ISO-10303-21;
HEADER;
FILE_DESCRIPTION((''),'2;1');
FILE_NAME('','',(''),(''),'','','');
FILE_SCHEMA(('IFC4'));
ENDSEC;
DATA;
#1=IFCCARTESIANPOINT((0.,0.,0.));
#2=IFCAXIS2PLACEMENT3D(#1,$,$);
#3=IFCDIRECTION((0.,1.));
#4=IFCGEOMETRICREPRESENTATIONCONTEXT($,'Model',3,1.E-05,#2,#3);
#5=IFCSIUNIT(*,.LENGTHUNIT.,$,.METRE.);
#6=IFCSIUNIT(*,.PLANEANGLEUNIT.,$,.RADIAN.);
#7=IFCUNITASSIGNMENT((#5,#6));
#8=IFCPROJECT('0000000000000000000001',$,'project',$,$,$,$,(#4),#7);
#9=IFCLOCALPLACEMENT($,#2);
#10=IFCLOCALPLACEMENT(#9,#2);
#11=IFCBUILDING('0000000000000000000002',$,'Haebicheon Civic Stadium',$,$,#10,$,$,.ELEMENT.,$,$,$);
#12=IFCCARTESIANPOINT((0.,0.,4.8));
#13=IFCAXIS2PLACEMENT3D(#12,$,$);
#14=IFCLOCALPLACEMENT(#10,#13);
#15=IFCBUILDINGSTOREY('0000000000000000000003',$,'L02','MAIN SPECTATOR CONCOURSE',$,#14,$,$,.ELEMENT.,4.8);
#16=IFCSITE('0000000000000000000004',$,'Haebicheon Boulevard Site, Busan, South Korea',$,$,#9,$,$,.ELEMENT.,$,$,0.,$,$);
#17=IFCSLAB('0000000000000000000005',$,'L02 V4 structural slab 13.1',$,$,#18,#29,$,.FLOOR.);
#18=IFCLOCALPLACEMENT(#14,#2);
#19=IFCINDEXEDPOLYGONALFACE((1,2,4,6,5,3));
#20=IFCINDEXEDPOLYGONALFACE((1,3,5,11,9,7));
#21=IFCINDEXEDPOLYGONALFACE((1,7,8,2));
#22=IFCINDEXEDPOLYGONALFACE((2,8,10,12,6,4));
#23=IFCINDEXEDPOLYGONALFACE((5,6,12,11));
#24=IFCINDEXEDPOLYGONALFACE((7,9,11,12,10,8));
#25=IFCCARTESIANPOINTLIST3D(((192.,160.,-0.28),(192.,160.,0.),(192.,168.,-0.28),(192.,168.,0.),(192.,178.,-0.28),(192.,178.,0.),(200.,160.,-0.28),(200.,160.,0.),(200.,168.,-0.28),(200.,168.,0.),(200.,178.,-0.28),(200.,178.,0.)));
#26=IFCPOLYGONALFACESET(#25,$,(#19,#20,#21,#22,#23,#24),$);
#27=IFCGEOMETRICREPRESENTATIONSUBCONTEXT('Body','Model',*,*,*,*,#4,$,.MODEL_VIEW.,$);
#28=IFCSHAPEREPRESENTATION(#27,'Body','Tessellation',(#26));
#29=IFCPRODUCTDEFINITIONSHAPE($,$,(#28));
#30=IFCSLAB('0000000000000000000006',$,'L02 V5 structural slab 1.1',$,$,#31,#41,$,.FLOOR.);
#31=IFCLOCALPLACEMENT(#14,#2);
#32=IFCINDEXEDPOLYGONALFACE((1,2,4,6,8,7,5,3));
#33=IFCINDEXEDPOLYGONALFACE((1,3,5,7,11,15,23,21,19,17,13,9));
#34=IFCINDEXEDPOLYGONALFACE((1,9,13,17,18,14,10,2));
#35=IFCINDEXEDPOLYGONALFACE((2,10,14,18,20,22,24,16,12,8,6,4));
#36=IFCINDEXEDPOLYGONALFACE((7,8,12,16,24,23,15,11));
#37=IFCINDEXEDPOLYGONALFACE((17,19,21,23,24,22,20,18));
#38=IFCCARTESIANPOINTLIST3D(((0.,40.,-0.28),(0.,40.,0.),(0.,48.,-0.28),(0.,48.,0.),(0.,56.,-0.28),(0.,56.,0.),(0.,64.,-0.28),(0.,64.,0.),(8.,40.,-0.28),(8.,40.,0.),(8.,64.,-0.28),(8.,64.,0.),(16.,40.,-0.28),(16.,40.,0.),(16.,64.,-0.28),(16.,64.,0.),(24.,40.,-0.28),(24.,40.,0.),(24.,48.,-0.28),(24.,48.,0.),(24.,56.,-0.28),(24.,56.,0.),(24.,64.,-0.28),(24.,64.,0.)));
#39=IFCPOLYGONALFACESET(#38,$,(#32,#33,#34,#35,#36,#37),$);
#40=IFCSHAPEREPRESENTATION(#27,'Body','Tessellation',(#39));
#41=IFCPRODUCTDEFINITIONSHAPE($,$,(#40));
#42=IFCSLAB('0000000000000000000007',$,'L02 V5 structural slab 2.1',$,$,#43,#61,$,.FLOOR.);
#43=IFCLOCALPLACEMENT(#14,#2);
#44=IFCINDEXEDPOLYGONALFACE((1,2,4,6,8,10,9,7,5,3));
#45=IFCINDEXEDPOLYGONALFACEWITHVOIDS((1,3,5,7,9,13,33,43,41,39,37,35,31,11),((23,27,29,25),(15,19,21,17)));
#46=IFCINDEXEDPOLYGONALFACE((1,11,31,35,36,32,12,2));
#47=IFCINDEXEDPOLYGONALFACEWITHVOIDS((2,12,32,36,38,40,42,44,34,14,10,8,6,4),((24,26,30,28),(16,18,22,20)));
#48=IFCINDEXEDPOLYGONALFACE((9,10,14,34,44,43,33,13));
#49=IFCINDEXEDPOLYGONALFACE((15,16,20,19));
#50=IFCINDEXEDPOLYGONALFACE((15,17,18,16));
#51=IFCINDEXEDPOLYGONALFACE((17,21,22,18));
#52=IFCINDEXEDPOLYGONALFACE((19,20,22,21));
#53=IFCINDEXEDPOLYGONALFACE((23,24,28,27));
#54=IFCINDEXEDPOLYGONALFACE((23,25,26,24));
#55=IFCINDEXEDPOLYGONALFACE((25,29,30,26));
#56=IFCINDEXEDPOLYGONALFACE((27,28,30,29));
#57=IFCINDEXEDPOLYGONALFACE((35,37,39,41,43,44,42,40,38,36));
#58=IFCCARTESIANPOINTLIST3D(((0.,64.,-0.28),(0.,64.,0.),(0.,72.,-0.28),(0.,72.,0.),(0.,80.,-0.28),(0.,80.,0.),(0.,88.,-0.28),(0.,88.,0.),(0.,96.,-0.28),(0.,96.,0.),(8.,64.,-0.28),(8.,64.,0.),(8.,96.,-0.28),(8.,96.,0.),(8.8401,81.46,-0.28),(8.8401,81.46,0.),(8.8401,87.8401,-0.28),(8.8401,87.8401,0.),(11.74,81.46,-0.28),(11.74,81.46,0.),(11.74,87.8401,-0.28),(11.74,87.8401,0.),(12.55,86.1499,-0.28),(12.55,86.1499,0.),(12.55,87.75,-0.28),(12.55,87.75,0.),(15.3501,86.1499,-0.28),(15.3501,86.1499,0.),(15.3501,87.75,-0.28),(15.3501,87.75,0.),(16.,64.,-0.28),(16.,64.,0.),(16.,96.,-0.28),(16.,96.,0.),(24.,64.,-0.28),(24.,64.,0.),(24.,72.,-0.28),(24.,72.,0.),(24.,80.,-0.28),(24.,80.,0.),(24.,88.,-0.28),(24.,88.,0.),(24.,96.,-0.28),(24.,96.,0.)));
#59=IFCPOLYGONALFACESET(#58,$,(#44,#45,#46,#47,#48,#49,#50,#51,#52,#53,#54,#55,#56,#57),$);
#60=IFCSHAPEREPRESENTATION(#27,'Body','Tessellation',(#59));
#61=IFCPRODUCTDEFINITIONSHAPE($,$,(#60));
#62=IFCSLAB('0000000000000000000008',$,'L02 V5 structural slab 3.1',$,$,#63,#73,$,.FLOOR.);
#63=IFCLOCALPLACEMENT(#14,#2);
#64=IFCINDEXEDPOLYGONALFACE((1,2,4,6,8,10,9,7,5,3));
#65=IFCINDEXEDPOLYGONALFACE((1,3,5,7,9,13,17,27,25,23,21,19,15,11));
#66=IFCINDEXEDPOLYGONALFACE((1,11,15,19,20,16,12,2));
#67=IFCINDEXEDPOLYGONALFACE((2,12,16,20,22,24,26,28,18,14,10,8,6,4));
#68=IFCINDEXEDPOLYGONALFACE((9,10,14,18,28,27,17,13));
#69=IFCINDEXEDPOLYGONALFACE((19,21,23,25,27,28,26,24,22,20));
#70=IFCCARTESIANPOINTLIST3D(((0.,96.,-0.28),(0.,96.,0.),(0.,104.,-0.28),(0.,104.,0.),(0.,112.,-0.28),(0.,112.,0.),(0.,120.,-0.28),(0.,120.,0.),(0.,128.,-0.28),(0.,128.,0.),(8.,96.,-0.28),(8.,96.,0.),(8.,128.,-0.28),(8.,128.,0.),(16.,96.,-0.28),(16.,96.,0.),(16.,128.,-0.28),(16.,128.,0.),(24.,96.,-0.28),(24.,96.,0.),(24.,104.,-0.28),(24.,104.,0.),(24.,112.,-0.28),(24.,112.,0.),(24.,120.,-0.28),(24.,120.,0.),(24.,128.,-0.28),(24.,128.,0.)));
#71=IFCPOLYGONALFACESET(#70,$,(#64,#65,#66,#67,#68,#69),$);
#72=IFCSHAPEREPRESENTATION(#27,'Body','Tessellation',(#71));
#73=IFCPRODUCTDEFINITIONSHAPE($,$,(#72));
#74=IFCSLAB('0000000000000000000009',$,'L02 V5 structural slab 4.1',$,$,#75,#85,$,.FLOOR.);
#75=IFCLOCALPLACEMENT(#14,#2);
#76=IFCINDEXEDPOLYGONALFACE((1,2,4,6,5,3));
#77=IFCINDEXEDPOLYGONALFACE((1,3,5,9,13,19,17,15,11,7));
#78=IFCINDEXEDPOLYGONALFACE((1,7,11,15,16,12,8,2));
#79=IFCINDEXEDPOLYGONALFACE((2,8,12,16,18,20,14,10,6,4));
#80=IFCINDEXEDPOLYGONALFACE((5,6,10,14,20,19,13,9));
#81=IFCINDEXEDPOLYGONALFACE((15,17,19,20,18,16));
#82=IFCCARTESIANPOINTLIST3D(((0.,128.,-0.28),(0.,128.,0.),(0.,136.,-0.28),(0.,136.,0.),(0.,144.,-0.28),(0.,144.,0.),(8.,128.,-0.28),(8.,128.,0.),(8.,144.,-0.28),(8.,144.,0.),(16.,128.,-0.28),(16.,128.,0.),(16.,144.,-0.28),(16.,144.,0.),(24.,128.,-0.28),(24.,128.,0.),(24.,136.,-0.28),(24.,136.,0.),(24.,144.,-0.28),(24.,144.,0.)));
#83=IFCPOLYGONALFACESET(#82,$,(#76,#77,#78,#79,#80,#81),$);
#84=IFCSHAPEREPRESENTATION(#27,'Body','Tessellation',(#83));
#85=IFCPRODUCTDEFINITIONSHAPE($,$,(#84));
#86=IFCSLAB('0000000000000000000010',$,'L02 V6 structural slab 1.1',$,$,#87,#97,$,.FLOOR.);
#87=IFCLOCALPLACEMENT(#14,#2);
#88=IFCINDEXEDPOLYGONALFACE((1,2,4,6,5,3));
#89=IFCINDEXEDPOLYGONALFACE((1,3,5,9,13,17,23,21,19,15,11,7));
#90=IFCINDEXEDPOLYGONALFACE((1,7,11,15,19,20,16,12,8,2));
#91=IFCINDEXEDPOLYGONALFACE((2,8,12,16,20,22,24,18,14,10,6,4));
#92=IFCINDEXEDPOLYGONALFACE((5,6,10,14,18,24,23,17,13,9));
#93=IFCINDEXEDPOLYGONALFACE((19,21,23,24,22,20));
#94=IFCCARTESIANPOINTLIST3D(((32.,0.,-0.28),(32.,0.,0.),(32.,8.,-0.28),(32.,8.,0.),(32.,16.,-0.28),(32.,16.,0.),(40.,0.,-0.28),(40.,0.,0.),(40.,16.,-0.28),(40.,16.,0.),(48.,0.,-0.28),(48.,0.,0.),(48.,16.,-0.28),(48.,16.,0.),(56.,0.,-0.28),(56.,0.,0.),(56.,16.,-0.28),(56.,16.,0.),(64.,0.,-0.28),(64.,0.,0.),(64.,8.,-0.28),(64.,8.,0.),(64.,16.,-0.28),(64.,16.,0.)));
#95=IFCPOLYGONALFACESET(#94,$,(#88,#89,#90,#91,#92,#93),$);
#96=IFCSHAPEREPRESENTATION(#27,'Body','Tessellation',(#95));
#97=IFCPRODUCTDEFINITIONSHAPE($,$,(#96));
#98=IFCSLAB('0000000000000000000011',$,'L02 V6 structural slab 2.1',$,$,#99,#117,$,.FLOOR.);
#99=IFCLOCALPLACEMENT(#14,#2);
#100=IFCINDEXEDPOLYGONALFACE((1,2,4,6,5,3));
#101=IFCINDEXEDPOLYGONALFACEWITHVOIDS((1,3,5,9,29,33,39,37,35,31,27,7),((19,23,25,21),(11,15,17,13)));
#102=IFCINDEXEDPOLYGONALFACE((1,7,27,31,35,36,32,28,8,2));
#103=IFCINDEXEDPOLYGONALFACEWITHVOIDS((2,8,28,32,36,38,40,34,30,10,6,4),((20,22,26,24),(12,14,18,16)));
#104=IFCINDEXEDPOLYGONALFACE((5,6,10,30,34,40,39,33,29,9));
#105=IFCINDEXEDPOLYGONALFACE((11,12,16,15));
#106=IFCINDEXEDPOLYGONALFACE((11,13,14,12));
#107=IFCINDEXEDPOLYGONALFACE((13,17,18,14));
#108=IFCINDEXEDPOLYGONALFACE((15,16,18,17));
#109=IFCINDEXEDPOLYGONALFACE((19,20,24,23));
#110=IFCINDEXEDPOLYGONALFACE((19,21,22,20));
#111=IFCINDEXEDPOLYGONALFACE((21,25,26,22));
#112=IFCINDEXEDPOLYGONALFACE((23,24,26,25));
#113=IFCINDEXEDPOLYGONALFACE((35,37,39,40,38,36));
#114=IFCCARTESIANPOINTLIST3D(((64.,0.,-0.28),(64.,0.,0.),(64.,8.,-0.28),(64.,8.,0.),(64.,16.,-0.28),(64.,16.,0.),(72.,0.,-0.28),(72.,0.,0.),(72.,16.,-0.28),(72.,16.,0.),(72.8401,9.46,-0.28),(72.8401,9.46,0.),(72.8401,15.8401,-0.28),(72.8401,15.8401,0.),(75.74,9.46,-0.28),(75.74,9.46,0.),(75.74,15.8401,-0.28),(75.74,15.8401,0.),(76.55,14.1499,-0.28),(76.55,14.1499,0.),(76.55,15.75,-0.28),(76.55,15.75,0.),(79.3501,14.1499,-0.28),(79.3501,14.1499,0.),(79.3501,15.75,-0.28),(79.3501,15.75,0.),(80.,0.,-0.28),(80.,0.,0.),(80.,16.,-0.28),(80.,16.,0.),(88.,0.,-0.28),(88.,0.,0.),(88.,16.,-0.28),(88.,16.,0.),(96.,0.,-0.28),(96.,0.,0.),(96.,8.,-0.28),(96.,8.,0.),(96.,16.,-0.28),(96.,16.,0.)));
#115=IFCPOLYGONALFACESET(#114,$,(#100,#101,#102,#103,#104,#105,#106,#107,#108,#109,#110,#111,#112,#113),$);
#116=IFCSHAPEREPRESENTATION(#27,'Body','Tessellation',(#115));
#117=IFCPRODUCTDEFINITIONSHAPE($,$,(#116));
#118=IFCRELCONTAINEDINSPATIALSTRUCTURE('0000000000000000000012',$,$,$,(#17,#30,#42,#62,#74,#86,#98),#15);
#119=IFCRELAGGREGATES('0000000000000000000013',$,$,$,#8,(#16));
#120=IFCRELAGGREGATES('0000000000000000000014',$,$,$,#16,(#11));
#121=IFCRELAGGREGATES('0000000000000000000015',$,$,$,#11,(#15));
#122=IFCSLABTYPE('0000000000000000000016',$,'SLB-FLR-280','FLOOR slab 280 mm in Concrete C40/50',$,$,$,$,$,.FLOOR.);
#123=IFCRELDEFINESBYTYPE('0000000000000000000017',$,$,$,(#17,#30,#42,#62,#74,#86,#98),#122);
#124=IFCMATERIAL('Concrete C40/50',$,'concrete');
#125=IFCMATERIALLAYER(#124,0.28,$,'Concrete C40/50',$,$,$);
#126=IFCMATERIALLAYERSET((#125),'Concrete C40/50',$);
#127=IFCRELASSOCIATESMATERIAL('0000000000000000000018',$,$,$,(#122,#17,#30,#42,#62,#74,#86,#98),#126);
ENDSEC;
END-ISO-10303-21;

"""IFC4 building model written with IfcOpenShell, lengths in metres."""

from ifc_helpers import new_model, si_unit, direction, frame, origin, place, context, subcontext, project, spatial, polyline, outline, extrude, material, layer, layer_set, type_object, element, save


model = new_model("IFC4")

# Units and contexts
model_context = context("Model", 3, precision=1e-05, world=origin(), true_north=direction((0.0, 1.0)))
body_context = subcontext(model_context, "Body", "Model", "MODEL_VIEW")
ifc_project = project(units=[si_unit("LENGTHUNIT", "METRE"), si_unit("PLANEANGLEUNIT", "RADIAN")], contexts=[model_context])

# Site, building, storey
site_placement = place(None, origin())
site = spatial("IfcSite", under=ifc_project, at=site_placement, Name="Haebicheon Boulevard Site, Busan, South Korea", CompositionType="ELEMENT", RefElevation=0.0)
building_placement = place(site_placement, origin())
building = spatial("IfcBuilding", under=site, at=building_placement, Name="Haebicheon Civic Stadium", CompositionType="ELEMENT")
storey_placement = place(building_placement, frame((0.0, 0.0, 4.8)))
storey = spatial("IfcBuildingStorey", under=building, at=storey_placement, Name="L02", Description="MAIN SPECTATOR CONCOURSE", CompositionType="ELEMENT", Elevation=4.8)

# Slabs
ifc_material = material(Name="Concrete C40/50", Category="concrete")
ifc_layer = layer(ifc_material, 0.28, Name="Concrete C40/50")
ifc_layer_set = layer_set([ifc_layer], Name="Concrete C40/50")
slab_type = type_object("IfcSlabType", Name="SLB-FLR-280", Description="FLOOR slab 280 mm in Concrete C40/50", PredefinedType="FLOOR", material=ifc_layer_set)
slab_1_placement = place(storey_placement, frame((0.0, 0.0, -0.28)))
element("IfcSlab", 1, at=slab_1_placement, inside=storey, type_object=slab_type, material=ifc_layer_set, Name="L02 V4 structural slab 13.1", PredefinedType="FLOOR", context=body_context, shape_type="SweptSolid", body=[
    extrude(outline(polyline([(200.0, 160.0), (192.0, 160.0), (192.0, 168.0), (192.0, 178.0), (200.0, 178.0), (200.0, 168.0), (200.0, 160.0)])), origin(), (0.0, 0.0, 1.0), 0.28),
])
slab_2_placement = place(storey_placement, frame((0.0, 0.0, -0.28)))
element("IfcSlab", 2, at=slab_2_placement, inside=storey, type_object=slab_type, material=ifc_layer_set, Name="L02 V5 structural slab 1.1", PredefinedType="FLOOR", context=body_context, shape_type="SweptSolid", body=[
    extrude(outline(polyline([(0.0, 56.0), (0.0, 64.0), (8.0, 64.0), (16.0, 64.0), (24.0, 64.0), (24.0, 56.0), (24.0, 48.0), (24.0, 40.0), (16.0, 40.0), (8.0, 40.0), (0.0, 40.0), (0.0, 48.0), (0.0, 56.0)])), origin(), (0.0, 0.0, 1.0), 0.28),
])
slab_3_placement = place(storey_placement, frame((0.0, 0.0, -0.28)))
element("IfcSlab", 3, at=slab_3_placement, inside=storey, type_object=slab_type, material=ifc_layer_set, Name="L02 V5 structural slab 2.1", PredefinedType="FLOOR", context=body_context, shape_type="SweptSolid", body=[
    extrude(outline(polyline([(0.0, 80.0), (0.0, 88.0), (0.0, 96.0), (8.0, 96.0), (16.0, 96.0), (24.0, 96.0), (24.0, 88.0), (24.0, 80.0), (24.0, 72.0), (24.0, 64.0), (16.0, 64.0), (8.0, 64.0), (0.0, 64.0), (0.0, 72.0), (0.0, 80.0)]), holes=[polyline([(8.8401, 81.46), (11.74, 81.46), (11.74, 87.8401), (8.8401, 87.8401), (8.8401, 81.46)]), polyline([(12.55, 86.1499), (15.3501, 86.1499), (15.3501, 87.75), (12.55, 87.75), (12.55, 86.1499)])]), origin(), (0.0, 0.0, 1.0), 0.28),
])
slab_4_placement = place(storey_placement, frame((0.0, 0.0, -0.28)))
element("IfcSlab", 4, at=slab_4_placement, inside=storey, type_object=slab_type, material=ifc_layer_set, Name="L02 V5 structural slab 3.1", PredefinedType="FLOOR", context=body_context, shape_type="SweptSolid", body=[
    extrude(outline(polyline([(0.0, 112.0), (0.0, 120.0), (0.0, 128.0), (8.0, 128.0), (16.0, 128.0), (24.0, 128.0), (24.0, 120.0), (24.0, 112.0), (24.0, 104.0), (24.0, 96.0), (16.0, 96.0), (8.0, 96.0), (0.0, 96.0), (0.0, 104.0), (0.0, 112.0)])), origin(), (0.0, 0.0, 1.0), 0.28),
])
slab_5_placement = place(storey_placement, frame((0.0, 0.0, -0.28)))
element("IfcSlab", 5, at=slab_5_placement, inside=storey, type_object=slab_type, material=ifc_layer_set, Name="L02 V5 structural slab 4.1", PredefinedType="FLOOR", context=body_context, shape_type="SweptSolid", body=[
    extrude(outline(polyline([(0.0, 136.0), (0.0, 144.0), (8.0, 144.0), (16.0, 144.0), (24.0, 144.0), (24.0, 136.0), (24.0, 128.0), (16.0, 128.0), (8.0, 128.0), (0.0, 128.0), (0.0, 136.0)])), origin(), (0.0, 0.0, 1.0), 0.28),
])
slab_6_placement = place(storey_placement, frame((0.0, 0.0, -0.28)))
element("IfcSlab", 6, at=slab_6_placement, inside=storey, type_object=slab_type, material=ifc_layer_set, Name="L02 V6 structural slab 1.1", PredefinedType="FLOOR", context=body_context, shape_type="SweptSolid", body=[
    extrude(outline(polyline([(64.0, 0.0), (56.0, 0.0), (48.0, 0.0), (40.0, 0.0), (32.0, 0.0), (32.0, 8.0), (32.0, 16.0), (40.0, 16.0), (48.0, 16.0), (56.0, 16.0), (64.0, 16.0), (64.0, 8.0), (64.0, 0.0)])), origin(), (0.0, 0.0, 1.0), 0.28),
])
slab_7_placement = place(storey_placement, frame((0.0, 0.0, -0.28)))
element("IfcSlab", 7, at=slab_7_placement, inside=storey, type_object=slab_type, material=ifc_layer_set, Name="L02 V6 structural slab 2.1", PredefinedType="FLOOR", context=body_context, shape_type="SweptSolid", body=[
    extrude(outline(polyline([(96.0, 0.0), (88.0, 0.0), (80.0, 0.0), (72.0, 0.0), (64.0, 0.0), (64.0, 8.0), (64.0, 16.0), (72.0, 16.0), (80.0, 16.0), (88.0, 16.0), (96.0, 16.0), (96.0, 8.0), (96.0, 0.0)]), holes=[polyline([(72.8401, 9.46), (75.74, 9.46), (75.74, 15.8401), (72.8401, 15.8401), (72.8401, 9.46)]), polyline([(76.55, 14.1499), (79.3501, 14.1499), (79.3501, 15.75), (76.55, 15.75), (76.55, 14.1499)])]), origin(), (0.0, 0.0, 1.0), 0.28),
])

save(model, "model.ifc")
